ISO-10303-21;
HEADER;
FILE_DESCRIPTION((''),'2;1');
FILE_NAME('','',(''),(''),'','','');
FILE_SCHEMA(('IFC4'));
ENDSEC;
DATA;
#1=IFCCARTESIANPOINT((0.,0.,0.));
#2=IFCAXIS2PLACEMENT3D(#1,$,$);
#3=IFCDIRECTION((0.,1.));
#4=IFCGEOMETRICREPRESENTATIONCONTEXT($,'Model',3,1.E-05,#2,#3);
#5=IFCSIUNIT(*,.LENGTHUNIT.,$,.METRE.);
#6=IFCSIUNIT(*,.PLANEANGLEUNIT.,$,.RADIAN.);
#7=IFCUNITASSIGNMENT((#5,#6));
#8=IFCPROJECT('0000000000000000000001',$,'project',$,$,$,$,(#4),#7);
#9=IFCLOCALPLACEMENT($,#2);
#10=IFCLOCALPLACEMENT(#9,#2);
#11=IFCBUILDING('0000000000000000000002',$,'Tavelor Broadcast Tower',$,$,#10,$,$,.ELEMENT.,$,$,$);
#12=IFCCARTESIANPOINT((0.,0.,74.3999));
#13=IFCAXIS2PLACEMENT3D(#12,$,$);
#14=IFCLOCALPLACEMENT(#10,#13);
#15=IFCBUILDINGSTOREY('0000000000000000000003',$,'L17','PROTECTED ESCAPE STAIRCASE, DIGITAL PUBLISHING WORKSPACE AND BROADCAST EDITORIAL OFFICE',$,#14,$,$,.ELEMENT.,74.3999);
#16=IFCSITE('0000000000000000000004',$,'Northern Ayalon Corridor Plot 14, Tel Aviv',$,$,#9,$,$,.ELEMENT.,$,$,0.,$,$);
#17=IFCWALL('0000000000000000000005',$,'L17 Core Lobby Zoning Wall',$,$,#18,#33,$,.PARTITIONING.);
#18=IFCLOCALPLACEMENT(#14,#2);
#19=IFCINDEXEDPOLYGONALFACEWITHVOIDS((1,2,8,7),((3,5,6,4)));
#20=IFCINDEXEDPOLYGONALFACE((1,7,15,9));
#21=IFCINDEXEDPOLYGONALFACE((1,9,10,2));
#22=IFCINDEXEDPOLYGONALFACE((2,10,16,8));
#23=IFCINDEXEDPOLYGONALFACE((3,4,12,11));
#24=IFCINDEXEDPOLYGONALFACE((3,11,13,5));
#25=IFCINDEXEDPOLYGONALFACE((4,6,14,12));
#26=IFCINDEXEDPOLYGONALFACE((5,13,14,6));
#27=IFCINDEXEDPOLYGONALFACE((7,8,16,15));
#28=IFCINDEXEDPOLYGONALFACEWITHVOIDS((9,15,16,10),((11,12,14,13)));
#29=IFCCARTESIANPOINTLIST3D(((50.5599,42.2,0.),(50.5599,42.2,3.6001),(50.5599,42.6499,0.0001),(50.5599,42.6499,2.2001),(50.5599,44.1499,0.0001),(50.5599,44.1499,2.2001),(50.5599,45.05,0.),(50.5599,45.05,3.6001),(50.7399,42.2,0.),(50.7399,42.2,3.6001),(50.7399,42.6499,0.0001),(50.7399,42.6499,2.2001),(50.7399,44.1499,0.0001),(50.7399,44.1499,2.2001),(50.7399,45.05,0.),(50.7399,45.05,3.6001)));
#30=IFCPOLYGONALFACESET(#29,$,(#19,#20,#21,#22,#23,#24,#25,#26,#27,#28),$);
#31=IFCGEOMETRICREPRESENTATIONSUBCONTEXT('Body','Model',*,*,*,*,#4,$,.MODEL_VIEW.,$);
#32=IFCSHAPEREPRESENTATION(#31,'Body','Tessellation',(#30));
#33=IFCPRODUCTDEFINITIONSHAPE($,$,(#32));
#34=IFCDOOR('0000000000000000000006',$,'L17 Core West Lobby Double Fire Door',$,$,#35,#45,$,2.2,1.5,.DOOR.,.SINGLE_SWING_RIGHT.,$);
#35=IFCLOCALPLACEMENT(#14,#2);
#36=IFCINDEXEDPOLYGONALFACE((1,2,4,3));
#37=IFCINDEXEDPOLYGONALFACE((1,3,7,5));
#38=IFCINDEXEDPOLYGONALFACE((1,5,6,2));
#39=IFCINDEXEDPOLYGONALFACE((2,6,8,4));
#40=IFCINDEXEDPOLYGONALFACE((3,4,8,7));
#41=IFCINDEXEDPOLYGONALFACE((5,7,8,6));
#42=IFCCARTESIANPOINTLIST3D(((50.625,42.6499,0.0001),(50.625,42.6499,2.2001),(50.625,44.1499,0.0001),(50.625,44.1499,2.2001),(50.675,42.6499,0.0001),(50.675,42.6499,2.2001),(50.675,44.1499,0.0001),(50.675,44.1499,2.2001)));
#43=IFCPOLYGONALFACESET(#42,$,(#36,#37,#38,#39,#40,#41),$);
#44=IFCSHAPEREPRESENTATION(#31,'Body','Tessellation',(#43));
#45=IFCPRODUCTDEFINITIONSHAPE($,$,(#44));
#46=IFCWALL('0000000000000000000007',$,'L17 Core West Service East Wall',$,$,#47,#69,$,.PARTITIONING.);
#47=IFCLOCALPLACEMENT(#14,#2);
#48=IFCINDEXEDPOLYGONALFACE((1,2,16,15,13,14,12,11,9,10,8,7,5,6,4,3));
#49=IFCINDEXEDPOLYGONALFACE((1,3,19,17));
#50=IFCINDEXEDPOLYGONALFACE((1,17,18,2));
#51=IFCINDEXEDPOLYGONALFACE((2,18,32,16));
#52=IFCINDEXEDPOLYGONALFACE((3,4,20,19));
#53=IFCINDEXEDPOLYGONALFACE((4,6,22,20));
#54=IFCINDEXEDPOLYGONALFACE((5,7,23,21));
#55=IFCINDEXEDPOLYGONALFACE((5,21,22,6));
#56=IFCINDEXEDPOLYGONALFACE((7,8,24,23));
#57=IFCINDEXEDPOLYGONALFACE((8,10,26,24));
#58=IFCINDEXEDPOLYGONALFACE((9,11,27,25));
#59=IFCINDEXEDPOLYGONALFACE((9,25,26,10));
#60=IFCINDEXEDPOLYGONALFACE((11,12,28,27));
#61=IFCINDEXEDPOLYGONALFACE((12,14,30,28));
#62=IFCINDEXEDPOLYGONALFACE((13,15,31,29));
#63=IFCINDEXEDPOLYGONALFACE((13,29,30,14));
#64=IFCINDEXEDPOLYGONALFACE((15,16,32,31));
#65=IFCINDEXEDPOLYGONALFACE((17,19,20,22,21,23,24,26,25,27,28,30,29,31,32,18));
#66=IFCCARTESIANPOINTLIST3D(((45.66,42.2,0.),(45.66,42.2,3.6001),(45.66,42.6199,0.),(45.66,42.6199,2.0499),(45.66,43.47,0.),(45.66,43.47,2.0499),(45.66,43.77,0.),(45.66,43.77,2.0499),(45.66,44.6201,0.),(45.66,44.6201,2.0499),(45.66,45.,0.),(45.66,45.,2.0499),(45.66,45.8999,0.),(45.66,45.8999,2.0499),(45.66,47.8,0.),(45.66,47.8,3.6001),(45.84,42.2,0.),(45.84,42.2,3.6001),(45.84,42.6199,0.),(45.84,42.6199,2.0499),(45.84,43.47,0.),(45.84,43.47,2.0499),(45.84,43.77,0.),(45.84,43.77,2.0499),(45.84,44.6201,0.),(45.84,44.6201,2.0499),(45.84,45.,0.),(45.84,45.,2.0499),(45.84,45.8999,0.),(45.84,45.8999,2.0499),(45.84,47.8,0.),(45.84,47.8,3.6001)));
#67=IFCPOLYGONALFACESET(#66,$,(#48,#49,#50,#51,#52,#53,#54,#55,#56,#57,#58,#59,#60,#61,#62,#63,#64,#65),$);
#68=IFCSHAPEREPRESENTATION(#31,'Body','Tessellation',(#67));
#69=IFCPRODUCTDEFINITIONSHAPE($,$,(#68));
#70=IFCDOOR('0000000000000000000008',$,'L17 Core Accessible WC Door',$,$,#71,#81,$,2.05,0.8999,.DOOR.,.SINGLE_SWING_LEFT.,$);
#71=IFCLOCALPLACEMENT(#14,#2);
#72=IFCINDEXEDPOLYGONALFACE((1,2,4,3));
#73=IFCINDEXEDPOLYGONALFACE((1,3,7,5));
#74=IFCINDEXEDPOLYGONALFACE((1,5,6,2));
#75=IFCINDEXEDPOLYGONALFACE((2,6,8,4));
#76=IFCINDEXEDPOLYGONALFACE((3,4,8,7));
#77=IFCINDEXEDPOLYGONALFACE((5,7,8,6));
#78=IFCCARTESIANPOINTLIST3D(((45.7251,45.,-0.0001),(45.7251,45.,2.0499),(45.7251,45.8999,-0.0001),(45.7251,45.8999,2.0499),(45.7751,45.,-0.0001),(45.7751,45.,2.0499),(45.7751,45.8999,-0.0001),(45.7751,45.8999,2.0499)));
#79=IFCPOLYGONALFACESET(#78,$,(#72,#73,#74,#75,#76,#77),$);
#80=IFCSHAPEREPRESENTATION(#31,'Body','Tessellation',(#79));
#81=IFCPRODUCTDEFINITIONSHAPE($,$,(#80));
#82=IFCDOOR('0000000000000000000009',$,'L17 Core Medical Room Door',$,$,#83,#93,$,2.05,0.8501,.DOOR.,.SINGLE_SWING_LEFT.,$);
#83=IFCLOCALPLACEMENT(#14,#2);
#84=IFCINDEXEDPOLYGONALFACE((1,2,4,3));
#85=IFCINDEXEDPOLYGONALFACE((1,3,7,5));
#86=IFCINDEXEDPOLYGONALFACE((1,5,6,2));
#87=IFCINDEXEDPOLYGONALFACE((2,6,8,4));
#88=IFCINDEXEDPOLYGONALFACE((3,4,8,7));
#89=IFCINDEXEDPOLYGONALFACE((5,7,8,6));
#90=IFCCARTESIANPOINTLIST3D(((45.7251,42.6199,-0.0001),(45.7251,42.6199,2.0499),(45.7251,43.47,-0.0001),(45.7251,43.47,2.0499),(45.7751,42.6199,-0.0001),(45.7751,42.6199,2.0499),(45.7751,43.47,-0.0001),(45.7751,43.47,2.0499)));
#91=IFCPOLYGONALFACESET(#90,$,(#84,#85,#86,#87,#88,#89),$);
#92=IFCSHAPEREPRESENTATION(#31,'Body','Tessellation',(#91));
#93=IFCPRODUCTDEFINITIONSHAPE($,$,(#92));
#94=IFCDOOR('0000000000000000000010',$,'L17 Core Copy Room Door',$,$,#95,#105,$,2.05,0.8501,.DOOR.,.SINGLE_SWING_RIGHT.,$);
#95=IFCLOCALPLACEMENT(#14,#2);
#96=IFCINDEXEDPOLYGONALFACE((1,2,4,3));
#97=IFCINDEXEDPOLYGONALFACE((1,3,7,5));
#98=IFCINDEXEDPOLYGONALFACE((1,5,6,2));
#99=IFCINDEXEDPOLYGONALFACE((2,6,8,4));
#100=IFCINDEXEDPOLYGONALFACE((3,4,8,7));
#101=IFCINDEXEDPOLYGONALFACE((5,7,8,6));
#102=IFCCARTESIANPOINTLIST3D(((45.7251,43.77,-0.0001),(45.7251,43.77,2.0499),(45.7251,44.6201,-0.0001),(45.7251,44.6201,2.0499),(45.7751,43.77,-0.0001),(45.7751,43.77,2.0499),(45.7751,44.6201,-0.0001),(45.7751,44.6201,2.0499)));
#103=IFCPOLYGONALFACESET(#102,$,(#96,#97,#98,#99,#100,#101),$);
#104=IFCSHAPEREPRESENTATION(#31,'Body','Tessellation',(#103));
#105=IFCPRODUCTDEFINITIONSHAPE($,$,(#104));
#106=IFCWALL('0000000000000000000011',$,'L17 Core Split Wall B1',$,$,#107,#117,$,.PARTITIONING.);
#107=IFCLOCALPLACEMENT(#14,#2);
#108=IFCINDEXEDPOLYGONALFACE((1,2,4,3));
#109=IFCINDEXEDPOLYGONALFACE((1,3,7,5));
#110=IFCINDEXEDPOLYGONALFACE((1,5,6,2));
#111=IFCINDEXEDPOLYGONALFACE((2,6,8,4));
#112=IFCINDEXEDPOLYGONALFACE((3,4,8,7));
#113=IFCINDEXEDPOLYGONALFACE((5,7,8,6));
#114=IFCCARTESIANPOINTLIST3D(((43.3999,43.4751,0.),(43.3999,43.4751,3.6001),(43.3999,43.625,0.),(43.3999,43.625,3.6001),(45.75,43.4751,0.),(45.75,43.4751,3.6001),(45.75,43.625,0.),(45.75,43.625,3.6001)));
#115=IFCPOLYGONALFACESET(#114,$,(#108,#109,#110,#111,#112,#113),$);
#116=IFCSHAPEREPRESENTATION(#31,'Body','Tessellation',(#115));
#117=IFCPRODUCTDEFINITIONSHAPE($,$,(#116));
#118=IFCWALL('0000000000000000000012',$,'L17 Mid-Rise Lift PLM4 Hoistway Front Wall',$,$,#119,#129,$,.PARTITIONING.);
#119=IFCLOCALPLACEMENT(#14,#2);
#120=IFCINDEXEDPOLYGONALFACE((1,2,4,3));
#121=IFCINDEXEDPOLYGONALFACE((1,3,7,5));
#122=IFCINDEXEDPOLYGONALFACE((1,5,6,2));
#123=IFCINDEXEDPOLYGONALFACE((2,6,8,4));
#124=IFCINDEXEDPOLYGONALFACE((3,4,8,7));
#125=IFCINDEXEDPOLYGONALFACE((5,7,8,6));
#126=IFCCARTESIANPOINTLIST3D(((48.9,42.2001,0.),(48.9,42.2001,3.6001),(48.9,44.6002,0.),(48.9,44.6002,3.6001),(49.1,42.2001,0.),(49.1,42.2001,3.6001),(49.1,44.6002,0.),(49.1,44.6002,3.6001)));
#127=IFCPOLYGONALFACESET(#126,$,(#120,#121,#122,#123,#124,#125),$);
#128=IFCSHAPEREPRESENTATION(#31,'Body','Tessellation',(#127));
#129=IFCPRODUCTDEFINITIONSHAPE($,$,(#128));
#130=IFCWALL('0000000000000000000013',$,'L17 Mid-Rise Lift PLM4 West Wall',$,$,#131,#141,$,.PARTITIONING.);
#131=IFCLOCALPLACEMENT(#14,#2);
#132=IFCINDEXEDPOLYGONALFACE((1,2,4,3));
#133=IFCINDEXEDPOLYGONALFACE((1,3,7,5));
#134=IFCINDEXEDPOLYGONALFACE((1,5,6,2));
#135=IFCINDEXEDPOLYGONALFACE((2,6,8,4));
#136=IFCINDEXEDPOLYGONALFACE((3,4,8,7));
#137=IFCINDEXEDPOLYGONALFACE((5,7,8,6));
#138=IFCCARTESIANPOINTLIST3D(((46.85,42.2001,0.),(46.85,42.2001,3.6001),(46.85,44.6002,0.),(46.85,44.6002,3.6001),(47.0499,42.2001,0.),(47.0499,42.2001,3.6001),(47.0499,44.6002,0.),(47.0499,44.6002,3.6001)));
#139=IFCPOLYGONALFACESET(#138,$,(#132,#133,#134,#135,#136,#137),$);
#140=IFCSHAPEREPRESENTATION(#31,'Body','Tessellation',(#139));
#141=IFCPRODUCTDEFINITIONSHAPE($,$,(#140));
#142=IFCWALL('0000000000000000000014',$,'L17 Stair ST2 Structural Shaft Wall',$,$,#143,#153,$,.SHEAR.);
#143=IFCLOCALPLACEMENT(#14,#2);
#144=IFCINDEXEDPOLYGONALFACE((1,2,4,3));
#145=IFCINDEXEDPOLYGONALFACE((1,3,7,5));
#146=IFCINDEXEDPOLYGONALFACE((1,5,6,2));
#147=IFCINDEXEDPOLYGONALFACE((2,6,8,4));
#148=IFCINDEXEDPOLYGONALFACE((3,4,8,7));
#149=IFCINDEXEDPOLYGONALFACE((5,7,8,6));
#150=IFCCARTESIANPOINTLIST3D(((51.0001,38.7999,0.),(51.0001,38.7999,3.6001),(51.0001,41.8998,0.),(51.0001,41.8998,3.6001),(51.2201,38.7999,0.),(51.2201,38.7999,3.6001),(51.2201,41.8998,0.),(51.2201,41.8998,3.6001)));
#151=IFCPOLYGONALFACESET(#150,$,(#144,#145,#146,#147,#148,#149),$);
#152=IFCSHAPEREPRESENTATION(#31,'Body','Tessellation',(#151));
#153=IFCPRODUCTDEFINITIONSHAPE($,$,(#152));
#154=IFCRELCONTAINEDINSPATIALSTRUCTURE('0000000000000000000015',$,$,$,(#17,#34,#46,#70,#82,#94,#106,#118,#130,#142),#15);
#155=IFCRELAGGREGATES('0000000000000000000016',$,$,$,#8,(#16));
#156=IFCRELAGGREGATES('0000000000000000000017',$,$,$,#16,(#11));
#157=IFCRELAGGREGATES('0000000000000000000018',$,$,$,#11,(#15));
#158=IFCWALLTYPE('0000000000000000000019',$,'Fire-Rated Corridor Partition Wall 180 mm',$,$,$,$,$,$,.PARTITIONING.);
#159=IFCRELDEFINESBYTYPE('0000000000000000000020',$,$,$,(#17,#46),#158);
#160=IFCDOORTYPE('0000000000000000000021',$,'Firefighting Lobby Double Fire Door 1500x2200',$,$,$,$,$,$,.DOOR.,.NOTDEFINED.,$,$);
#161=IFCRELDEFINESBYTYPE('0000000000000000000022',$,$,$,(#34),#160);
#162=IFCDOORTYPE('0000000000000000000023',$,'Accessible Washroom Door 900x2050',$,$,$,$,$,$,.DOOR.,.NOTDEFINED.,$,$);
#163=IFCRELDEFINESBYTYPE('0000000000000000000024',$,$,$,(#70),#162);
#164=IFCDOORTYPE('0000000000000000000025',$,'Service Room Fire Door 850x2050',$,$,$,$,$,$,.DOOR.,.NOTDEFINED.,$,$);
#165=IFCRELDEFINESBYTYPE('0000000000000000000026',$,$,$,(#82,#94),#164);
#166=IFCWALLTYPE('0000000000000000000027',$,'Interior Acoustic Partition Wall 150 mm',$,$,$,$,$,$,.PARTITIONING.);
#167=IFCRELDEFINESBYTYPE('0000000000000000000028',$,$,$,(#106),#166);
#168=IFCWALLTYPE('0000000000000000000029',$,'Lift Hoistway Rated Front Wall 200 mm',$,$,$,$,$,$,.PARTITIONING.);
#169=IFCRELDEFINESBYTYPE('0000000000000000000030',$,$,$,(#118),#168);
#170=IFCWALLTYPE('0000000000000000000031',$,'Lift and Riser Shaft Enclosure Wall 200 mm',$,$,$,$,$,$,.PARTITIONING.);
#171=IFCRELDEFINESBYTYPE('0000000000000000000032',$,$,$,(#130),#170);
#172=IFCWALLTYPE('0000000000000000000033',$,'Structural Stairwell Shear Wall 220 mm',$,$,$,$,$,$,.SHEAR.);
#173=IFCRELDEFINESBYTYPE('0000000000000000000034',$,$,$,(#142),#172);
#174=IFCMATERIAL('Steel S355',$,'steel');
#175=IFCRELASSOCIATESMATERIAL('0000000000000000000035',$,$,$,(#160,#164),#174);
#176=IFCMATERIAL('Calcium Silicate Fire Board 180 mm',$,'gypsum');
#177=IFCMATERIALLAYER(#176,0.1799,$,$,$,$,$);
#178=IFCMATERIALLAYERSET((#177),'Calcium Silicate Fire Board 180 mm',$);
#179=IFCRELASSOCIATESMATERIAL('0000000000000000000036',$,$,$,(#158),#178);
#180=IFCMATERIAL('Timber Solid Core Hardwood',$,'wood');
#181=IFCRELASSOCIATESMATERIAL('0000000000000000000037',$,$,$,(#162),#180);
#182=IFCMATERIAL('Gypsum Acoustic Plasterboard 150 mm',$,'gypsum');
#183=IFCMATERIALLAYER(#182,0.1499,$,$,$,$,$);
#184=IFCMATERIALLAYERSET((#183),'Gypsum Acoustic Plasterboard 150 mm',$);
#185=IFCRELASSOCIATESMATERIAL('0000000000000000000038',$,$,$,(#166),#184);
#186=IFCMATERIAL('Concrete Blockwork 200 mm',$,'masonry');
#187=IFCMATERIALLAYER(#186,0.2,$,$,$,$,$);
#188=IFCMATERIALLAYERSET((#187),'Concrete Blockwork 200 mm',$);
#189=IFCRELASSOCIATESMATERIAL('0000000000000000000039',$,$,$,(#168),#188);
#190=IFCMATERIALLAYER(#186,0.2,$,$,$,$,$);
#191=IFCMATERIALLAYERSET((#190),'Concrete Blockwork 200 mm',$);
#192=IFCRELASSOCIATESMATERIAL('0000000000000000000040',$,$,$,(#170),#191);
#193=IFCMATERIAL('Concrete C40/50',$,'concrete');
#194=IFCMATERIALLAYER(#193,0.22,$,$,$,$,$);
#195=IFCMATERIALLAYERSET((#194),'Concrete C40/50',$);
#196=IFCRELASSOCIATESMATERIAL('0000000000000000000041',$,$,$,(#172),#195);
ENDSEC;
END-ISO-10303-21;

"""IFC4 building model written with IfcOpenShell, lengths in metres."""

from ifc_helpers import new_model, si_unit, direction, frame, frame_2d, origin, place, context, subcontext, project, spatial, rectangle, extrude, material, layer, layer_set, type_object, element, fill, save


model = new_model("IFC4")

# Units and contexts
model_context = context("Model", 3, precision=1e-05, world=origin(), true_north=direction((0.0, 1.0)))
body_context = subcontext(model_context, "Body", "Model", "MODEL_VIEW")
ifc_project = project(units=[si_unit("LENGTHUNIT", "METRE"), si_unit("PLANEANGLEUNIT", "RADIAN")], contexts=[model_context])

# Site, building, storey
site_placement = place(None, origin())
site = spatial("IfcSite", under=ifc_project, at=site_placement, Name="Northern Ayalon Corridor Plot 14, Tel Aviv", CompositionType="ELEMENT", RefElevation=0.0)
building_placement = place(site_placement, origin())
building = spatial("IfcBuilding", under=site, at=building_placement, Name="Tavelor Broadcast Tower", CompositionType="ELEMENT")
storey_placement = place(building_placement, frame((0.0, 0.0, 74.3999)))
storey = spatial("IfcBuildingStorey", under=building, at=storey_placement, Name="L17", Description="PROTECTED ESCAPE STAIRCASE, DIGITAL PUBLISHING WORKSPACE AND BROADCAST EDITORIAL OFFICE", CompositionType="ELEMENT", Elevation=74.3999)

# Shared definitions
ifc_material_1 = material(Name="Concrete C40/50", Category="concrete")
ifc_material_2 = material(Name="Steel S355", Category="steel")

# Shared definitions
door_type_1 = type_object("IfcDoorType", Name="Firefighting Lobby Double Fire Door 1500x2200", OperationType="NOTDEFINED", PredefinedType="DOOR", material=ifc_material_2)

# Wall, opening, door
ifc_material_3 = material(Name="Calcium Silicate Fire Board 180 mm", Category="gypsum")
ifc_layer_1 = layer(ifc_material_3, 0.1799)
ifc_layer_set_1 = layer_set([ifc_layer_1], Name="Calcium Silicate Fire Board 180 mm")
wall_type_1 = type_object("IfcWallType", Name="Fire-Rated Corridor Partition Wall 180 mm", PredefinedType="PARTITIONING", material=ifc_layer_set_1)
wall_1_placement = place(storey_placement, frame((50.6499, 42.2, 0.0), z_axis=(0.0, 0.0, 1.0), x_axis=(0.0, 1.0, 0.0)))
wall_1 = element("IfcWall", 1, at=wall_1_placement, inside=storey, type_object=wall_type_1, Name="L17 Core Lobby Zoning Wall", PredefinedType="PARTITIONING", context=body_context, shape_type="SweptSolid", body=[
    extrude(rectangle(XDim=2.8501, YDim=0.1799, at=frame_2d((1.425, 0.0))), origin(), (0.0, 0.0, 1.0), 3.6001),
])
opening_1_placement = place(wall_1_placement, frame((0.45, 0.0, 0.0)))
opening_1 = element("IfcOpeningElement", 2, at=opening_1_placement, cuts=wall_1, PredefinedType="OPENING", context=body_context, shape_type="SweptSolid", body=[
    extrude(rectangle(XDim=1.5, YDim=2.2, at=frame_2d((0.75, 1.1001))), frame((0.0, 0.1001, 0.0), z_axis=(0.0, -1.0, 0.0), x_axis=(1.0, 0.0, 0.0)), (0.0, 0.0, 1.0), 0.2),
])
door_1_placement = place(opening_1_placement, origin())
door_1 = element("IfcDoor", 3, at=door_1_placement, inside=storey, type_object=door_type_1, Name="L17 Core West Lobby Double Fire Door", OperationType="SINGLE_SWING_RIGHT", OverallHeight=2.2, OverallWidth=1.5, PredefinedType="DOOR", context=body_context, shape_type="SweptSolid", body=[
    extrude(rectangle(XDim=1.5, YDim=2.2, at=frame_2d((0.75, 1.1001))), frame((0.0, 0.0249, 0.0), z_axis=(0.0, -1.0, 0.0), x_axis=(1.0, 0.0, 0.0)), (0.0, 0.0, 1.0), 0.05),
])
fill(opening_1, door_1)

# Wall, openings, doors
wall_2_placement = place(storey_placement, frame((45.75, 42.2, 0.0), z_axis=(0.0, 0.0, 1.0), x_axis=(0.0, 1.0, 0.0)))
wall_2 = element("IfcWall", 4, at=wall_2_placement, inside=storey, type_object=wall_type_1, Name="L17 Core West Service East Wall", PredefinedType="PARTITIONING", context=body_context, shape_type="SweptSolid", body=[
    extrude(rectangle(XDim=5.6001, YDim=0.1799, at=frame_2d((2.8, 0.0))), origin(), (0.0, 0.0, 1.0), 3.6001),
])
opening_2_placement = place(wall_2_placement, frame((0.4199, 0.0, 0.0)))
opening_2 = element("IfcOpeningElement", 5, at=opening_2_placement, cuts=wall_2, PredefinedType="OPENING", context=body_context, shape_type="SweptSolid", body=[
    extrude(rectangle(XDim=0.8501, YDim=2.05, at=frame_2d((0.425, 1.0249))), frame((0.0, 0.1001, 0.0), z_axis=(0.0, -1.0, 0.0), x_axis=(1.0, 0.0, 0.0)), (0.0, 0.0, 1.0), 0.2),
])
opening_3_placement = place(wall_2_placement, frame((1.5701, 0.0, 0.0)))
opening_3 = element("IfcOpeningElement", 6, at=opening_3_placement, cuts=wall_2, PredefinedType="OPENING", context=body_context, shape_type="SweptSolid", body=[
    extrude(rectangle(XDim=0.8501, YDim=2.05, at=frame_2d((0.425, 1.0249))), frame((0.0, 0.1001, 0.0), z_axis=(0.0, -1.0, 0.0), x_axis=(1.0, 0.0, 0.0)), (0.0, 0.0, 1.0), 0.2),
])
opening_4_placement = place(wall_2_placement, frame((2.8, 0.0, 0.0)))
opening_4 = element("IfcOpeningElement", 7, at=opening_4_placement, cuts=wall_2, PredefinedType="OPENING", context=body_context, shape_type="SweptSolid", body=[
    extrude(rectangle(XDim=0.8999, YDim=2.05, at=frame_2d((0.45, 1.0249))), frame((0.0, 0.1001, 0.0), z_axis=(0.0, -1.0, 0.0), x_axis=(1.0, 0.0, 0.0)), (0.0, 0.0, 1.0), 0.2),
])
ifc_material_4 = material(Name="Timber Solid Core Hardwood", Category="wood")
door_type_2 = type_object("IfcDoorType", Name="Accessible Washroom Door 900x2050", OperationType="NOTDEFINED", PredefinedType="DOOR", material=ifc_material_4)
door_2_placement = place(opening_4_placement, origin())
door_2 = element("IfcDoor", 8, at=door_2_placement, inside=storey, type_object=door_type_2, Name="L17 Core Accessible WC Door", OperationType="SINGLE_SWING_LEFT", OverallHeight=2.05, OverallWidth=0.8999, PredefinedType="DOOR", context=body_context, shape_type="SweptSolid", body=[
    extrude(rectangle(XDim=0.8999, YDim=2.05, at=frame_2d((0.45, 1.0249))), frame((0.0, 0.0249, 0.0), z_axis=(0.0, -1.0, 0.0), x_axis=(1.0, 0.0, 0.0)), (0.0, 0.0, 1.0), 0.05),
])
fill(opening_4, door_2)
door_type_3 = type_object("IfcDoorType", Name="Service Room Fire Door 850x2050", OperationType="NOTDEFINED", PredefinedType="DOOR", material=ifc_material_2)
door_3_placement = place(opening_2_placement, origin())
door_3 = element("IfcDoor", 9, at=door_3_placement, inside=storey, type_object=door_type_3, Name="L17 Core Medical Room Door", OperationType="SINGLE_SWING_LEFT", OverallHeight=2.05, OverallWidth=0.8501, PredefinedType="DOOR", context=body_context, shape_type="SweptSolid", body=[
    extrude(rectangle(XDim=0.8501, YDim=2.05, at=frame_2d((0.425, 1.0249))), frame((0.0, 0.0249, 0.0), z_axis=(0.0, -1.0, 0.0), x_axis=(1.0, 0.0, 0.0)), (0.0, 0.0, 1.0), 0.05),
])
fill(opening_2, door_3)
door_4_placement = place(opening_3_placement, origin())
door_4 = element("IfcDoor", 10, at=door_4_placement, inside=storey, type_object=door_type_3, Name="L17 Core Copy Room Door", OperationType="SINGLE_SWING_RIGHT", OverallHeight=2.05, OverallWidth=0.8501, PredefinedType="DOOR", context=body_context, shape_type="SweptSolid", body=[
    extrude(rectangle(XDim=0.8501, YDim=2.05, at=frame_2d((0.425, 1.0249))), frame((0.0, 0.0249, 0.0), z_axis=(0.0, -1.0, 0.0), x_axis=(1.0, 0.0, 0.0)), (0.0, 0.0, 1.0), 0.05),
])
fill(opening_3, door_4)

# Walls
ifc_material_5 = material(Name="Gypsum Acoustic Plasterboard 150 mm", Category="gypsum")
ifc_layer_2 = layer(ifc_material_5, 0.1499)
ifc_layer_set_2 = layer_set([ifc_layer_2], Name="Gypsum Acoustic Plasterboard 150 mm")
wall_type_2 = type_object("IfcWallType", Name="Interior Acoustic Partition Wall 150 mm", PredefinedType="PARTITIONING", material=ifc_layer_set_2)
wall_3_placement = place(storey_placement, frame((43.3999, 43.55, 0.0), z_axis=(0.0, 0.0, 1.0), x_axis=(1.0, 0.0, 0.0)))
element("IfcWall", 11, at=wall_3_placement, inside=storey, type_object=wall_type_2, Name="L17 Core Split Wall B1", PredefinedType="PARTITIONING", context=body_context, shape_type="SweptSolid", body=[
    extrude(rectangle(XDim=2.3501, YDim=0.1499, at=frame_2d((1.175, 0.0))), origin(), (0.0, 0.0, 1.0), 3.6001),
])
ifc_material_6 = material(Name="Concrete Blockwork 200 mm", Category="masonry")
ifc_layer_3 = layer(ifc_material_6, 0.2)
ifc_layer_set_3 = layer_set([ifc_layer_3], Name="Concrete Blockwork 200 mm")
wall_type_3 = type_object("IfcWallType", Name="Lift Hoistway Rated Front Wall 200 mm", PredefinedType="PARTITIONING", material=ifc_layer_set_3)
wall_4_placement = place(storey_placement, frame((49.0, 42.2, 0.0), z_axis=(0.0, 0.0, 1.0), x_axis=(0.0, 1.0, 0.0)))
element("IfcWall", 12, at=wall_4_placement, inside=storey, type_object=wall_type_3, Name="L17 Mid-Rise Lift PLM4 Hoistway Front Wall", PredefinedType="PARTITIONING", context=body_context, shape_type="SweptSolid", body=[
    extrude(rectangle(XDim=2.4001, YDim=0.2, at=frame_2d((1.2002, 0.0))), origin(), (0.0, 0.0, 1.0), 3.6001),
])
ifc_layer_4 = layer(ifc_material_6, 0.2)
ifc_layer_set_4 = layer_set([ifc_layer_4], Name="Concrete Blockwork 200 mm")
wall_type_4 = type_object("IfcWallType", Name="Lift and Riser Shaft Enclosure Wall 200 mm", PredefinedType="PARTITIONING", material=ifc_layer_set_4)
wall_5_placement = place(storey_placement, frame((46.95, 42.2, 0.0), z_axis=(0.0, 0.0, 1.0), x_axis=(0.0, 1.0, 0.0)))
element("IfcWall", 13, at=wall_5_placement, inside=storey, type_object=wall_type_4, Name="L17 Mid-Rise Lift PLM4 West Wall", PredefinedType="PARTITIONING", context=body_context, shape_type="SweptSolid", body=[
    extrude(rectangle(XDim=2.4001, YDim=0.2, at=frame_2d((1.2002, 0.0))), origin(), (0.0, 0.0, 1.0), 3.6001),
])
ifc_layer_5 = layer(ifc_material_1, 0.22)
ifc_layer_set_5 = layer_set([ifc_layer_5], Name="Concrete C40/50")
wall_type_5 = type_object("IfcWallType", Name="Structural Stairwell Shear Wall 220 mm", PredefinedType="SHEAR", material=ifc_layer_set_5)
wall_6_placement = place(storey_placement, frame((51.1101, 38.8, 0.0), z_axis=(0.0, 0.0, 1.0), x_axis=(0.0, 1.0, 0.0)))
element("IfcWall", 14, at=wall_6_placement, inside=storey, type_object=wall_type_5, Name="L17 Stair ST2 Structural Shaft Wall", PredefinedType="SHEAR", context=body_context, shape_type="SweptSolid", body=[
    extrude(rectangle(XDim=3.0999, YDim=0.22, at=frame_2d((1.5498, 0.0))), origin(), (0.0, 0.0, 1.0), 3.6001),
])

save(model, "model.ifc")
